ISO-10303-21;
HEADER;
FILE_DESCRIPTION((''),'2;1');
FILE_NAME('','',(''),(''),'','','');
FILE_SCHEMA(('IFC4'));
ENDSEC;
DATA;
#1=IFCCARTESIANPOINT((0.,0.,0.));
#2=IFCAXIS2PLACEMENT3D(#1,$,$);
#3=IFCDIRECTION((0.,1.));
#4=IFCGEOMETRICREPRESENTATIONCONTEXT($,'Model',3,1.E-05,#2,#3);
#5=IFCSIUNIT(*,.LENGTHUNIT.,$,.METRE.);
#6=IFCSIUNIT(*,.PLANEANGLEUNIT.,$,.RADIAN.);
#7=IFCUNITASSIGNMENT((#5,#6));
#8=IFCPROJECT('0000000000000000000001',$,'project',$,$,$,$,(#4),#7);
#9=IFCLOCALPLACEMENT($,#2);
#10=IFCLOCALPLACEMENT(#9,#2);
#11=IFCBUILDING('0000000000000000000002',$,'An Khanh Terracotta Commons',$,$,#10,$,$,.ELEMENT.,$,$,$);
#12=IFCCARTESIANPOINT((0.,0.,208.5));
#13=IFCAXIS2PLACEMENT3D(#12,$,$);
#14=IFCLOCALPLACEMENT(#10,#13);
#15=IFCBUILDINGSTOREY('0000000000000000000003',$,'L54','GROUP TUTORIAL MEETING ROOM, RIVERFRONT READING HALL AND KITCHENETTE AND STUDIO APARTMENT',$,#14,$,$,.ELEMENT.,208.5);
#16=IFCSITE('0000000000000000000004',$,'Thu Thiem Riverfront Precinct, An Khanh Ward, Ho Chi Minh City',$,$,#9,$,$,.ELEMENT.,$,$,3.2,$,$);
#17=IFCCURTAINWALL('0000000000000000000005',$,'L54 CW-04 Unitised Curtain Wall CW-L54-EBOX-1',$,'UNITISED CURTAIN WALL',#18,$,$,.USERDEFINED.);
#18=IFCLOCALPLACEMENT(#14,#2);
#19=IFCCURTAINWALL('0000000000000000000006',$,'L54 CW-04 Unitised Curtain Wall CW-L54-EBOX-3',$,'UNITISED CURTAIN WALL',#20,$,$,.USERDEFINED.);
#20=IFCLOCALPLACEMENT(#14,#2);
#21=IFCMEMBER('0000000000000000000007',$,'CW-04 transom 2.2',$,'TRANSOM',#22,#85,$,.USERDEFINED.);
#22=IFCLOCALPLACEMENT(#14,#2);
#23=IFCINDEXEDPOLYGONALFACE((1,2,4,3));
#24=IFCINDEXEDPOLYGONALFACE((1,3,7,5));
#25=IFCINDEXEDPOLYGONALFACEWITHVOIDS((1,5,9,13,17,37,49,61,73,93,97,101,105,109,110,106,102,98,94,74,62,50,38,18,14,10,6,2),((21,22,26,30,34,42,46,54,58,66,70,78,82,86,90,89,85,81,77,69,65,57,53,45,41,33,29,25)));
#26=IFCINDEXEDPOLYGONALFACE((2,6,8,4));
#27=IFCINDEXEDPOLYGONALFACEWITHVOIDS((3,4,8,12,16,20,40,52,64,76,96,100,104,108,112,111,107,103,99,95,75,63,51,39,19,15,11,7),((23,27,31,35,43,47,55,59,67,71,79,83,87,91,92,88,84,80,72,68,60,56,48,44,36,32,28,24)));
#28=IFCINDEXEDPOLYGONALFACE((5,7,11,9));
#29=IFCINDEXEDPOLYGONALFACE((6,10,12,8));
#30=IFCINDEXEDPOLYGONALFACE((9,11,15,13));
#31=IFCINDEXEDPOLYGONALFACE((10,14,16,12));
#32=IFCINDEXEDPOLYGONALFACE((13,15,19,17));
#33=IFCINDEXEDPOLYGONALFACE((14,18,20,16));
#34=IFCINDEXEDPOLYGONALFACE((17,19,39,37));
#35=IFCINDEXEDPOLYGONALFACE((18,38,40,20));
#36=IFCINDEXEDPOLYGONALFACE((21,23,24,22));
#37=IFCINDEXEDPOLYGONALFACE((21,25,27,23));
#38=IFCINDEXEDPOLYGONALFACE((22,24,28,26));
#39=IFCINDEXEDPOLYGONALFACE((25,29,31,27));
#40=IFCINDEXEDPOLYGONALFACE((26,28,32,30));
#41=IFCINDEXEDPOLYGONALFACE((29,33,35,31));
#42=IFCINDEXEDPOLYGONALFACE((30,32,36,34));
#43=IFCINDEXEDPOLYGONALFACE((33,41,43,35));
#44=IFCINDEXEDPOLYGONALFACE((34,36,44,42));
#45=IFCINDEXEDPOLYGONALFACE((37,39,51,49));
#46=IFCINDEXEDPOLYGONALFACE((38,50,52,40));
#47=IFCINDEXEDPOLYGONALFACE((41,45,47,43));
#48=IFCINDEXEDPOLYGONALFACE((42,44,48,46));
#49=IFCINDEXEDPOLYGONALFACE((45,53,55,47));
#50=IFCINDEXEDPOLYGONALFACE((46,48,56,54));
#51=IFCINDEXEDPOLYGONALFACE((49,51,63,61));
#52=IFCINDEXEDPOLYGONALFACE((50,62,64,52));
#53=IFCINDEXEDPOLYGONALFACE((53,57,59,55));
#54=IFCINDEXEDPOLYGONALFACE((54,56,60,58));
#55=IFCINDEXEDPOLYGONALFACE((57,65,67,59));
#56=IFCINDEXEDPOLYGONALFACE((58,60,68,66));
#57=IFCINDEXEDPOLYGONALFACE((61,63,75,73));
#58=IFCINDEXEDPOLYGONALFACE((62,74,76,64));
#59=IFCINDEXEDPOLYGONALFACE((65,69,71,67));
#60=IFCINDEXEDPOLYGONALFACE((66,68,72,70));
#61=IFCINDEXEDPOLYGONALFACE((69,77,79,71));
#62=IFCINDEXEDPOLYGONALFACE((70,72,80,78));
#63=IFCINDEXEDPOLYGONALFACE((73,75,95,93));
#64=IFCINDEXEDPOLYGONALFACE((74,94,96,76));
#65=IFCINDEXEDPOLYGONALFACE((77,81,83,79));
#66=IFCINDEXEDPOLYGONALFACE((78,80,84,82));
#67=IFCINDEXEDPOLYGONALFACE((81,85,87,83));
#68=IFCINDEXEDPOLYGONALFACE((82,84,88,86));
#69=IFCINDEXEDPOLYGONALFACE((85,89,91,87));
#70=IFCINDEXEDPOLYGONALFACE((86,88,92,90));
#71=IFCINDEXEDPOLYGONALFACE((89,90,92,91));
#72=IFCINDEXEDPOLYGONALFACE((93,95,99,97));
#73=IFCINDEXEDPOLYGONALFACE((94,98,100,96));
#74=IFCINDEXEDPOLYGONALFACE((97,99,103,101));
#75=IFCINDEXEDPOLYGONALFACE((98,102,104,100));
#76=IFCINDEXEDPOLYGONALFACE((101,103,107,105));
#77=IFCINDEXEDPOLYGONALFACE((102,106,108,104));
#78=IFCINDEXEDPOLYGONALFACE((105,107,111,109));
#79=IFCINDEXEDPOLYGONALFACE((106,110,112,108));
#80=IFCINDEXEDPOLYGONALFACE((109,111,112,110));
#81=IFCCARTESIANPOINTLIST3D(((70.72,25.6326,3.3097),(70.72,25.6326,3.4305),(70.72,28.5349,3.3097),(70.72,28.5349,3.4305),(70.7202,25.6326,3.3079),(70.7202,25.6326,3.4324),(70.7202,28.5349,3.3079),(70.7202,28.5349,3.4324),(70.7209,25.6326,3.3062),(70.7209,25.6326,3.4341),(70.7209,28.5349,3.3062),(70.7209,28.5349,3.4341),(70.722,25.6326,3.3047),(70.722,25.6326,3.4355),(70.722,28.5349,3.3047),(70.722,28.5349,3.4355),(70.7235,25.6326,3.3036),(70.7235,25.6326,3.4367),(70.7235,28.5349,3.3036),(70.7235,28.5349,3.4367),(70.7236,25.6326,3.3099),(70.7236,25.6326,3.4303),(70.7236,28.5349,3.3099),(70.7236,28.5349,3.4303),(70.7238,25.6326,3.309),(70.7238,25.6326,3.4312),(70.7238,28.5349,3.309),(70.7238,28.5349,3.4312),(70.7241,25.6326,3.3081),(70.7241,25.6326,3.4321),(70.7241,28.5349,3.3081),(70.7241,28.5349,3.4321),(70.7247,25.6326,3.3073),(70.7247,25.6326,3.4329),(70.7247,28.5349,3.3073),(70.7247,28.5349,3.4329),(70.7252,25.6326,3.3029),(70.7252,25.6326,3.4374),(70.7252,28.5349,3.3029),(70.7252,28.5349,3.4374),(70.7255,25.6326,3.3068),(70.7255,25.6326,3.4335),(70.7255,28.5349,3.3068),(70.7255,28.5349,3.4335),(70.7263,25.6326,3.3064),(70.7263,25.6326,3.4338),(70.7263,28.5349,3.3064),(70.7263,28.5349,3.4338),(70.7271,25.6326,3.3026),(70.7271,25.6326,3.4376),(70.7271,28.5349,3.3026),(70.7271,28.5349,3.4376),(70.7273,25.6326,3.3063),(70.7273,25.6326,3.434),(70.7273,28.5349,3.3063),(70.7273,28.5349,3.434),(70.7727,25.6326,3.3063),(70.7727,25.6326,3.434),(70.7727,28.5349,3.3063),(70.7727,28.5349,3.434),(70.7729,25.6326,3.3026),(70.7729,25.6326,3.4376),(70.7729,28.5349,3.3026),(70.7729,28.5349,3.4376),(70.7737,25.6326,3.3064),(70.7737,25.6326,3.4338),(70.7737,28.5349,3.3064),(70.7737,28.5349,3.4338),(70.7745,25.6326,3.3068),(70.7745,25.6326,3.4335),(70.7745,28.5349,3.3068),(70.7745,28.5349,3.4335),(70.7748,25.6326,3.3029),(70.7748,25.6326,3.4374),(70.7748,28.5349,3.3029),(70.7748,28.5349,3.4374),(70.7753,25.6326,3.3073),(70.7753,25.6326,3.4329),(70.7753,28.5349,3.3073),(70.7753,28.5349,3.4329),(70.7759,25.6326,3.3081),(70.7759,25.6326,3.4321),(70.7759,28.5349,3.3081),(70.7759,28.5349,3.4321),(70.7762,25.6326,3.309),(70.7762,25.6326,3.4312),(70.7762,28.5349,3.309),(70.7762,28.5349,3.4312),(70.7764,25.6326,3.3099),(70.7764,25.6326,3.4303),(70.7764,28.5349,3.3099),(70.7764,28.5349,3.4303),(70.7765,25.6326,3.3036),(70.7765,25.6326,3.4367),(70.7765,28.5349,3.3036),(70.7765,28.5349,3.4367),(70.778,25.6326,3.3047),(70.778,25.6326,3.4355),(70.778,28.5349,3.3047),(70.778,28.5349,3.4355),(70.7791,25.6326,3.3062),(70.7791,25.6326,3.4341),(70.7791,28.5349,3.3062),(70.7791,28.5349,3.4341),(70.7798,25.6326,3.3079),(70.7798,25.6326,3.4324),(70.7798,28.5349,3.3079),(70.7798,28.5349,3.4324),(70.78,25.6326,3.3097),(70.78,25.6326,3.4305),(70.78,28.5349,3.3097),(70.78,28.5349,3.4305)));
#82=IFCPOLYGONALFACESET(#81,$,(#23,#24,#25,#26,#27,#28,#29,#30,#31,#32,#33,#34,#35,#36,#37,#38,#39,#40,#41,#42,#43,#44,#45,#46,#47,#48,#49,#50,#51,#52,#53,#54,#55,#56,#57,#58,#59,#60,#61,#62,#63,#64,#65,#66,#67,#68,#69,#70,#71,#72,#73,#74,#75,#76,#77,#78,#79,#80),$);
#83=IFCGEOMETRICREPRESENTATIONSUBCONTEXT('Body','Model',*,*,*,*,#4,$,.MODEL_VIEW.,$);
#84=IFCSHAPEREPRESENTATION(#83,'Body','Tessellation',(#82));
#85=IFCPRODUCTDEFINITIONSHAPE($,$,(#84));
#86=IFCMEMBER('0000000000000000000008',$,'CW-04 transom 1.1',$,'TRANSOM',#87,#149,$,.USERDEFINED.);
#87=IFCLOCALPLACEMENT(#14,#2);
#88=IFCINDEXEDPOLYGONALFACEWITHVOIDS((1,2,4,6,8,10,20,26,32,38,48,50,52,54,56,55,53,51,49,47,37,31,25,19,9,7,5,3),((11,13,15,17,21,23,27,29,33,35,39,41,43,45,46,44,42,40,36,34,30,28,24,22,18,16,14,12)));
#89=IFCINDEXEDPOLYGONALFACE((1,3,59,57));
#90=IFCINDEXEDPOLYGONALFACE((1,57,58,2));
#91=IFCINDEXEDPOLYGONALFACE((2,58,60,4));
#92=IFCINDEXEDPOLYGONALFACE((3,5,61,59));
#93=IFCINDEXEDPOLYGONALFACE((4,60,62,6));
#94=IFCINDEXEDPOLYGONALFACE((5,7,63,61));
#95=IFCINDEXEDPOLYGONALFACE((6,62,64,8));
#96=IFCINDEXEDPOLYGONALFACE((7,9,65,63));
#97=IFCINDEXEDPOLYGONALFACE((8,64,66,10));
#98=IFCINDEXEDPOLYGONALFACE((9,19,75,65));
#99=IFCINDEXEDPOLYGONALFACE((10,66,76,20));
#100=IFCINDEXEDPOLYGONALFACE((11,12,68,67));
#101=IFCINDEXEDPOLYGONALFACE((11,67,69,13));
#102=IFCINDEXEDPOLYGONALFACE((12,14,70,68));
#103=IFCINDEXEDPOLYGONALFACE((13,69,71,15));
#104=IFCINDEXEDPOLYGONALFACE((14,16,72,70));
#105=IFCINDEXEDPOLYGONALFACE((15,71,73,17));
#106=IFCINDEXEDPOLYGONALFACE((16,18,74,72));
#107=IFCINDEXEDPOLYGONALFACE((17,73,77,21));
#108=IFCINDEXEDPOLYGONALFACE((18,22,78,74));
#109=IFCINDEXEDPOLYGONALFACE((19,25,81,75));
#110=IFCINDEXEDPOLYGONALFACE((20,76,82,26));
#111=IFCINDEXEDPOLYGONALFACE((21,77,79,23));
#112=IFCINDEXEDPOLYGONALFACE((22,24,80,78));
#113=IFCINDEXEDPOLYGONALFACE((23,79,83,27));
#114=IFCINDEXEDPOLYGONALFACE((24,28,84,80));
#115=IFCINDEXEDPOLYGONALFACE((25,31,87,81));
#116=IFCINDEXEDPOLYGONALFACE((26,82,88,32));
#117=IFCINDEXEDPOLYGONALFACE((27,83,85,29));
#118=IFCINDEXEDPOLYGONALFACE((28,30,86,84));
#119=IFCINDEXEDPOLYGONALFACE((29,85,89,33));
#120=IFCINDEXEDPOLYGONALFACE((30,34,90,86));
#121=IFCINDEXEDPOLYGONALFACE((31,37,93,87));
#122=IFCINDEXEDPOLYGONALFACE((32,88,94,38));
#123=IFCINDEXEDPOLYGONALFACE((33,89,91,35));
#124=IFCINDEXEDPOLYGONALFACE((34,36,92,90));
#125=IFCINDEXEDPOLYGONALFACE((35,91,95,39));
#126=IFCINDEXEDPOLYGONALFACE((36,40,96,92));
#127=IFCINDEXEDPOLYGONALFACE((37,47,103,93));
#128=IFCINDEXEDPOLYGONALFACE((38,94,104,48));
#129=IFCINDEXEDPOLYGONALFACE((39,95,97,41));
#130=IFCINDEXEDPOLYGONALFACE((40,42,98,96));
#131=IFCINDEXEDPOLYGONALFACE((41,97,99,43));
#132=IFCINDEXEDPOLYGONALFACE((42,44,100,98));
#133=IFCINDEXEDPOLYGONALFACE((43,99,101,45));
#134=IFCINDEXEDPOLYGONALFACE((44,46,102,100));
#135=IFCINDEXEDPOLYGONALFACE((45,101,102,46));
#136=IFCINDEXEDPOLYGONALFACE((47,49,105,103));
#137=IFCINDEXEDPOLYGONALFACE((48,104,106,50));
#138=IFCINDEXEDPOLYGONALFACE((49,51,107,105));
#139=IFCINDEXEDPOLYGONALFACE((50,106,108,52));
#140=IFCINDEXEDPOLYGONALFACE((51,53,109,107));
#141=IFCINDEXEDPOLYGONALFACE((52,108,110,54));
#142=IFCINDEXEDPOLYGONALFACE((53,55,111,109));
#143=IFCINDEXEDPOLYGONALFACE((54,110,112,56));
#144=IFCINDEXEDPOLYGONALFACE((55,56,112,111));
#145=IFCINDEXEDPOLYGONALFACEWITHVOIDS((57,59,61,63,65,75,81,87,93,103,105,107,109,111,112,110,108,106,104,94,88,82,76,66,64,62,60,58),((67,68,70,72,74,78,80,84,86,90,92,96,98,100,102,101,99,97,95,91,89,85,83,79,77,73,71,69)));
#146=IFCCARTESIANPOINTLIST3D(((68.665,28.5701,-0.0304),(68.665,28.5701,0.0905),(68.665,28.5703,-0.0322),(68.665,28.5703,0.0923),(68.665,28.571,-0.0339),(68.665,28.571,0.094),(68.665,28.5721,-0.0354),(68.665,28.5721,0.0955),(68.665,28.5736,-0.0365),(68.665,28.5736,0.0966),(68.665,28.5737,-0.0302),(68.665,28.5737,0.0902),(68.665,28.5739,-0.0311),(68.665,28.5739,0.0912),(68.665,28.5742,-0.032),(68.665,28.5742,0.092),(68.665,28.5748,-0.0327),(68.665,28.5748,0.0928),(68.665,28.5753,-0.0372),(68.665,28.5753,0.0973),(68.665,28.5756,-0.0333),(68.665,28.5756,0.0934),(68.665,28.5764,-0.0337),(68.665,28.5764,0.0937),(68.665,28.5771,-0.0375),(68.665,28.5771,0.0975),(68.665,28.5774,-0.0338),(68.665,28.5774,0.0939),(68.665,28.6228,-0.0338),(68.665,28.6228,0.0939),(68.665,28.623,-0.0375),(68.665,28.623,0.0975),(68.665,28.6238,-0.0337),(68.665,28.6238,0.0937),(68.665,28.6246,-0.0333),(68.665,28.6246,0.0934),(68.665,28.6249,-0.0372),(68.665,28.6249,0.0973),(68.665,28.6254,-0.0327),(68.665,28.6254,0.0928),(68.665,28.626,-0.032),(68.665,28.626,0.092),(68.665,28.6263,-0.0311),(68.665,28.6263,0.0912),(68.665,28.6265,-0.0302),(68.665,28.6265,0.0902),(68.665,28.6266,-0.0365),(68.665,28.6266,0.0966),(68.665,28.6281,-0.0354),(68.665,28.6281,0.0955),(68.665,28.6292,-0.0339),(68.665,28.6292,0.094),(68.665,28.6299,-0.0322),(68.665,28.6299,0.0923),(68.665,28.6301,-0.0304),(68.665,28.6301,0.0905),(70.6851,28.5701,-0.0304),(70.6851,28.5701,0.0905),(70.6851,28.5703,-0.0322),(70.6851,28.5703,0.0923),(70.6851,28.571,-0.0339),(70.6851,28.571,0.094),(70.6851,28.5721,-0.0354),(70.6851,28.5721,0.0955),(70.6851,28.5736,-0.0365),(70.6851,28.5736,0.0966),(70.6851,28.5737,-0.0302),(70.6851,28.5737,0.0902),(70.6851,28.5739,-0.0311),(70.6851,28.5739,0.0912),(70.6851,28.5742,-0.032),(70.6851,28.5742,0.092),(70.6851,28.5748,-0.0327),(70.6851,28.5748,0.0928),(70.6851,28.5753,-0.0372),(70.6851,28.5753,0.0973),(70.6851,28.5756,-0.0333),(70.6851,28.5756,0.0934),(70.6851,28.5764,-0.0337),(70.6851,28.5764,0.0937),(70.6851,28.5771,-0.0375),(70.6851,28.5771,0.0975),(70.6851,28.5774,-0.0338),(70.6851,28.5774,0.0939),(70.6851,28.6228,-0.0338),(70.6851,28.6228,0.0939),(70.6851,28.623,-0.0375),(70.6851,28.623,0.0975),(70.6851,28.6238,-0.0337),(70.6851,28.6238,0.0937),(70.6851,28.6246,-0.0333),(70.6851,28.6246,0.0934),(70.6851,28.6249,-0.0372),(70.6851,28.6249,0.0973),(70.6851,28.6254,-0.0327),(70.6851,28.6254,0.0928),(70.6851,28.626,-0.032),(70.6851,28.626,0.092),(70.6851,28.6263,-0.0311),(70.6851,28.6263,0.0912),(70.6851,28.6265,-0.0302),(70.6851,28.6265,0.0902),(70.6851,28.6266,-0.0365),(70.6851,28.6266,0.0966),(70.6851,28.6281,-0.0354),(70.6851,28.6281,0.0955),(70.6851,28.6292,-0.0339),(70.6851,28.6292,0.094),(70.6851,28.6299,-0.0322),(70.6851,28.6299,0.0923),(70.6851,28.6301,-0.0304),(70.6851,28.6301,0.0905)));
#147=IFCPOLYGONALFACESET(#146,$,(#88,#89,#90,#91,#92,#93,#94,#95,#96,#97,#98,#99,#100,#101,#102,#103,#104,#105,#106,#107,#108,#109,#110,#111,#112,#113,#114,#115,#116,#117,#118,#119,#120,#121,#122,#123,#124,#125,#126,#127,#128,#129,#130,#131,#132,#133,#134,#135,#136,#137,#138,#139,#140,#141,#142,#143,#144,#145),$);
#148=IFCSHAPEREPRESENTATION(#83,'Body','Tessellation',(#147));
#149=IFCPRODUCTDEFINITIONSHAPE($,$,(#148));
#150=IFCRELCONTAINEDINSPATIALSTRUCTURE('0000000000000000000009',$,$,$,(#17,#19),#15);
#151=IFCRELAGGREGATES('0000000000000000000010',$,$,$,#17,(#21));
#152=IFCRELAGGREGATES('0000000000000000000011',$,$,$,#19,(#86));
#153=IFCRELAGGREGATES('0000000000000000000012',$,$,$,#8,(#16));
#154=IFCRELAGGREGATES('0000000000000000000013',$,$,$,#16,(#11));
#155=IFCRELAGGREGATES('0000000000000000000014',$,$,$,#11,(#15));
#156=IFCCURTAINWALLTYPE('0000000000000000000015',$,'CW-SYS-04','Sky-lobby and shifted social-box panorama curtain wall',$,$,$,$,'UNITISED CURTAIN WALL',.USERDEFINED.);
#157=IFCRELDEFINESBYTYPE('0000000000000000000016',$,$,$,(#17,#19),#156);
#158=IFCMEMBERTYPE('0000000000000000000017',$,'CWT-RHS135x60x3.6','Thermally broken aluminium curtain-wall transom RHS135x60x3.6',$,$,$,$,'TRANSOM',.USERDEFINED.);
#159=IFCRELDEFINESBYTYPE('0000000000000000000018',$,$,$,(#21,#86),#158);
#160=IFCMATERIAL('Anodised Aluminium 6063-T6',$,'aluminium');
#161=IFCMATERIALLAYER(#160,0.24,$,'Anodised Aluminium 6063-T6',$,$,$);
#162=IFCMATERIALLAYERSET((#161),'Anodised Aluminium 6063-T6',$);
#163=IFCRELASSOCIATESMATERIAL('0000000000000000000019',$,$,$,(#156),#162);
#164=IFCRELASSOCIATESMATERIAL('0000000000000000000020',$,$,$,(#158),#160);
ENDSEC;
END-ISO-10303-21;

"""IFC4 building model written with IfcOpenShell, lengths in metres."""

from ifc_helpers import new_model, si_unit, direction, frame, origin, origin_2d, place, context, subcontext, project, spatial, hollow_rectangle, extrude, material, layer, layer_set, material_profile, profile_set, type_object, element, aggregate, save


model = new_model("IFC4")

# Units and contexts
model_context = context("Model", 3, precision=1e-05, world=origin(), true_north=direction((0.0, 1.0)))
body_context = subcontext(model_context, "Body", "Model", "MODEL_VIEW")
ifc_project = project(units=[si_unit("LENGTHUNIT", "METRE"), si_unit("PLANEANGLEUNIT", "RADIAN")], contexts=[model_context])

# Site, building, storey
site_placement = place(None, origin())
site = spatial("IfcSite", under=ifc_project, at=site_placement, Name="Thu Thiem Riverfront Precinct, An Khanh Ward, Ho Chi Minh City", CompositionType="ELEMENT", RefElevation=3.2)
building_placement = place(site_placement, origin())
building = spatial("IfcBuilding", under=site, at=building_placement, Name="An Khanh Terracotta Commons", CompositionType="ELEMENT")
storey_placement = place(building_placement, frame((0.0, 0.0, 208.5)))
storey = spatial("IfcBuildingStorey", under=building, at=storey_placement, Name="L54", Description="GROUP TUTORIAL MEETING ROOM, RIVERFRONT READING HALL AND KITCHENETTE AND STUDIO APARTMENT", CompositionType="ELEMENT", Elevation=208.5)

# Curtain walls
ifc_material_1 = material(Name="Anodised Aluminium 6063-T6", Category="aluminium")
ifc_layer_1 = layer(ifc_material_1, 0.24, Name="Anodised Aluminium 6063-T6")
ifc_layer_set_1 = layer_set([ifc_layer_1], Name="Anodised Aluminium 6063-T6")
curtain_wall_type_1 = type_object("IfcCurtainWallType", Name="CW-SYS-04", Description="Sky-lobby and shifted social-box panorama curtain wall", ElementType="UNITISED CURTAIN WALL", PredefinedType="USERDEFINED", material=ifc_layer_set_1)
curtain_wall_1_placement = place(storey_placement, origin())
curtain_wall_1 = element("IfcCurtainWall", 1, at=curtain_wall_1_placement, inside=storey, type_object=curtain_wall_type_1, Name="L54 CW-04 Unitised Curtain Wall CW-L54-EBOX-1", ObjectType="UNITISED CURTAIN WALL", PredefinedType="USERDEFINED")
curtain_wall_2_placement = place(storey_placement, origin())
curtain_wall_2 = element("IfcCurtainWall", 2, at=curtain_wall_2_placement, inside=storey, type_object=curtain_wall_type_1, Name="L54 CW-04 Unitised Curtain Wall CW-L54-EBOX-3", ObjectType="UNITISED CURTAIN WALL", PredefinedType="USERDEFINED")

# Members
ifc_material_profile_1 = material_profile(ifc_material_1, hollow_rectangle(XDim=0.0601, YDim=0.135, WallThickness=0.0037, InnerFilletRadius=0.0037, OuterFilletRadius=0.0071, at=origin_2d()), Name="RHS135x60x3.6")
ifc_profile_set_1 = profile_set([ifc_material_profile_1], Name="Anodised Aluminium 6063-T6")
member_type_1 = type_object("IfcMemberType", Name="CWT-RHS135x60x3.6", Description="Thermally broken aluminium curtain-wall transom RHS135x60x3.6", ElementType="TRANSOM", PredefinedType="USERDEFINED", material=ifc_profile_set_1)
member_1_placement = place(storey_placement, frame((70.75, 25.6326, 3.3701), z_axis=(0.0, 1.0, 0.0), x_axis=(-1.0, 0.0, 0.0)))
member_1 = element("IfcMember", 3, at=member_1_placement, type_object=member_type_1, Name="CW-04 transom 2.2", ObjectType="TRANSOM", PredefinedType="USERDEFINED", context=body_context, shape_type="SweptSolid", body=[
    extrude(hollow_rectangle(XDim=0.0601, YDim=0.135, WallThickness=0.0037, InnerFilletRadius=0.0037, OuterFilletRadius=0.0071, at=origin_2d()), origin(), (0.0, 0.0, 1.0), 2.9023),
])
member_2_placement = place(storey_placement, frame((70.6851, 28.6001, 0.03), z_axis=(-1.0, 0.0, 0.0), x_axis=(0.0, -1.0, 0.0)))
member_2 = element("IfcMember", 4, at=member_2_placement, type_object=member_type_1, Name="CW-04 transom 1.1", ObjectType="TRANSOM", PredefinedType="USERDEFINED", context=body_context, shape_type="SweptSolid", body=[
    extrude(hollow_rectangle(XDim=0.0601, YDim=0.135, WallThickness=0.0037, InnerFilletRadius=0.0037, OuterFilletRadius=0.0071, at=origin_2d()), origin(), (0.0, 0.0, 1.0), 2.02),
])

aggregate(curtain_wall_1, [member_1])
aggregate(curtain_wall_2, [member_2])

save(model, "model.ifc")
